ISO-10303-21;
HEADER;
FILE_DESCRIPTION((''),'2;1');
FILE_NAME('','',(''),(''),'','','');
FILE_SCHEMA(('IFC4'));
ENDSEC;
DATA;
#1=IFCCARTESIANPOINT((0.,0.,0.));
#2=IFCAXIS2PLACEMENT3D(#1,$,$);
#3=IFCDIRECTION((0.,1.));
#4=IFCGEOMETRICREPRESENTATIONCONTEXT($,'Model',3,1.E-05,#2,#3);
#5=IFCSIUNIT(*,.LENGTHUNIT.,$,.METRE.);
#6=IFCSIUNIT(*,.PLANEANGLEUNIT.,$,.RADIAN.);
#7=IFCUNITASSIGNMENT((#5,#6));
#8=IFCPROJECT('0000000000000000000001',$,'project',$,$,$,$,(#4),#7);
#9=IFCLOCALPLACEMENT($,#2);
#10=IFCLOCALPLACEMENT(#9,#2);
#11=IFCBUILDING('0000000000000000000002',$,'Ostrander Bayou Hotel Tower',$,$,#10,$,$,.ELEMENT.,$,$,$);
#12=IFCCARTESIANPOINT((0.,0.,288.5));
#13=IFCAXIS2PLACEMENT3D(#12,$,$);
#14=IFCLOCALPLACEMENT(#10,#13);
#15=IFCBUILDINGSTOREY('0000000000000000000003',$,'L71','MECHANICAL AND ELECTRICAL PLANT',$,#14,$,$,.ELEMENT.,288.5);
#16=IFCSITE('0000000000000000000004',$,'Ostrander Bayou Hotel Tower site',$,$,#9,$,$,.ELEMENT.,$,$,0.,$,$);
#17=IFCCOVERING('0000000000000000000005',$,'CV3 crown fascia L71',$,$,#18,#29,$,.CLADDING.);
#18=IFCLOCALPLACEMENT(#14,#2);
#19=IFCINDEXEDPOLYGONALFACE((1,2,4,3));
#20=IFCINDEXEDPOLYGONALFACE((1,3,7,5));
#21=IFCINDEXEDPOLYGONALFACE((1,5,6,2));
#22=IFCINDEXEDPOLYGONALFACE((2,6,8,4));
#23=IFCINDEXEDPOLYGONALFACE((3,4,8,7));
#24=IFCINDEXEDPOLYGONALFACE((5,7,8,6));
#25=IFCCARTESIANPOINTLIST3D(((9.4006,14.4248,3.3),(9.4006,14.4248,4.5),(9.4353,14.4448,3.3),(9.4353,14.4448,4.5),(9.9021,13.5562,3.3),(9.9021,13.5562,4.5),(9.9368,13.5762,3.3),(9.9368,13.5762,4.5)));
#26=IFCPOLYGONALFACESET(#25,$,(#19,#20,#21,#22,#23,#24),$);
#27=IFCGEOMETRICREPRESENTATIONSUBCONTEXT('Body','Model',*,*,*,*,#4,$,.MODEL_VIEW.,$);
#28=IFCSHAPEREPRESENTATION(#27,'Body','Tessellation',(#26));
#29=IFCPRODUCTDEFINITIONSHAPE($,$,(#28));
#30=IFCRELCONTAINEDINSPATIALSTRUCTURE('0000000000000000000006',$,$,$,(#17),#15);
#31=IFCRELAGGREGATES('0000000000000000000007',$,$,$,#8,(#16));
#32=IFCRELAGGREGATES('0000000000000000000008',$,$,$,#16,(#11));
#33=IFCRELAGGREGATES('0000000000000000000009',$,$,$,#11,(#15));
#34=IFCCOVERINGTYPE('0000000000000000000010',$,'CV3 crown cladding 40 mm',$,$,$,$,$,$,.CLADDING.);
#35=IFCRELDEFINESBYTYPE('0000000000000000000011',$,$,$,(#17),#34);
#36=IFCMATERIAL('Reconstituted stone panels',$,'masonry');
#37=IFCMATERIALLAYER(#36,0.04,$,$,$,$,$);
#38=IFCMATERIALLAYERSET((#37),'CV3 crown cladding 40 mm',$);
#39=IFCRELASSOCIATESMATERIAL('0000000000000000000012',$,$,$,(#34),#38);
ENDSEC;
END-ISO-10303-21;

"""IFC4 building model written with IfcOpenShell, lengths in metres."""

from ifc_helpers import new_model, si_unit, direction, frame, origin, place, context, subcontext, project, spatial, polyline, outline, extrude, material, layer, layer_set, type_object, element, save


model = new_model("IFC4")

# Units and contexts
model_context = context("Model", 3, precision=1e-05, world=origin(), true_north=direction((0.0, 1.0)))
body_context = subcontext(model_context, "Body", "Model", "MODEL_VIEW")
ifc_project = project(units=[si_unit("LENGTHUNIT", "METRE"), si_unit("PLANEANGLEUNIT", "RADIAN")], contexts=[model_context])

# Site, building, storey
site_placement = place(None, origin())
site = spatial("IfcSite", under=ifc_project, at=site_placement, Name="Ostrander Bayou Hotel Tower site", CompositionType="ELEMENT", RefElevation=0.0)
building_placement = place(site_placement, origin())
building = spatial("IfcBuilding", under=site, at=building_placement, Name="Ostrander Bayou Hotel Tower", CompositionType="ELEMENT")
storey_placement = place(building_placement, frame((0.0, 0.0, 288.5)))
storey = spatial("IfcBuildingStorey", under=building, at=storey_placement, Name="L71", Description="MECHANICAL AND ELECTRICAL PLANT", CompositionType="ELEMENT", Elevation=288.5)

# Covering
ifc_material_1 = material(Name="Reconstituted stone panels", Category="masonry")
ifc_layer_1 = layer(ifc_material_1, 0.04)
ifc_layer_set_1 = layer_set([ifc_layer_1], Name="CV3 crown cladding 40 mm")
covering_type = type_object("IfcCoveringType", Name="CV3 crown cladding 40 mm", PredefinedType="CLADDING", material=ifc_layer_set_1)
covering_1_placement = place(storey_placement, frame((9.9368, 13.5762, 3.3), z_axis=(0.866048, 0.499961, 0.0), x_axis=(-0.499961, 0.866048, 0.0)))
element("IfcCovering", 1, at=covering_1_placement, inside=storey, type_object=covering_type, Name="CV3 crown fascia L71", PredefinedType="CLADDING", context=body_context, shape_type="SweptSolid", body=[
    extrude(outline(polyline([(0.0, 0.0), (1.003, 0.0), (1.003, 1.2), (0.0, 1.2), (0.0, 0.0)])), origin(), (0.0, 0.0, -1.0), 0.04),
])

save(model, "model.ifc")
